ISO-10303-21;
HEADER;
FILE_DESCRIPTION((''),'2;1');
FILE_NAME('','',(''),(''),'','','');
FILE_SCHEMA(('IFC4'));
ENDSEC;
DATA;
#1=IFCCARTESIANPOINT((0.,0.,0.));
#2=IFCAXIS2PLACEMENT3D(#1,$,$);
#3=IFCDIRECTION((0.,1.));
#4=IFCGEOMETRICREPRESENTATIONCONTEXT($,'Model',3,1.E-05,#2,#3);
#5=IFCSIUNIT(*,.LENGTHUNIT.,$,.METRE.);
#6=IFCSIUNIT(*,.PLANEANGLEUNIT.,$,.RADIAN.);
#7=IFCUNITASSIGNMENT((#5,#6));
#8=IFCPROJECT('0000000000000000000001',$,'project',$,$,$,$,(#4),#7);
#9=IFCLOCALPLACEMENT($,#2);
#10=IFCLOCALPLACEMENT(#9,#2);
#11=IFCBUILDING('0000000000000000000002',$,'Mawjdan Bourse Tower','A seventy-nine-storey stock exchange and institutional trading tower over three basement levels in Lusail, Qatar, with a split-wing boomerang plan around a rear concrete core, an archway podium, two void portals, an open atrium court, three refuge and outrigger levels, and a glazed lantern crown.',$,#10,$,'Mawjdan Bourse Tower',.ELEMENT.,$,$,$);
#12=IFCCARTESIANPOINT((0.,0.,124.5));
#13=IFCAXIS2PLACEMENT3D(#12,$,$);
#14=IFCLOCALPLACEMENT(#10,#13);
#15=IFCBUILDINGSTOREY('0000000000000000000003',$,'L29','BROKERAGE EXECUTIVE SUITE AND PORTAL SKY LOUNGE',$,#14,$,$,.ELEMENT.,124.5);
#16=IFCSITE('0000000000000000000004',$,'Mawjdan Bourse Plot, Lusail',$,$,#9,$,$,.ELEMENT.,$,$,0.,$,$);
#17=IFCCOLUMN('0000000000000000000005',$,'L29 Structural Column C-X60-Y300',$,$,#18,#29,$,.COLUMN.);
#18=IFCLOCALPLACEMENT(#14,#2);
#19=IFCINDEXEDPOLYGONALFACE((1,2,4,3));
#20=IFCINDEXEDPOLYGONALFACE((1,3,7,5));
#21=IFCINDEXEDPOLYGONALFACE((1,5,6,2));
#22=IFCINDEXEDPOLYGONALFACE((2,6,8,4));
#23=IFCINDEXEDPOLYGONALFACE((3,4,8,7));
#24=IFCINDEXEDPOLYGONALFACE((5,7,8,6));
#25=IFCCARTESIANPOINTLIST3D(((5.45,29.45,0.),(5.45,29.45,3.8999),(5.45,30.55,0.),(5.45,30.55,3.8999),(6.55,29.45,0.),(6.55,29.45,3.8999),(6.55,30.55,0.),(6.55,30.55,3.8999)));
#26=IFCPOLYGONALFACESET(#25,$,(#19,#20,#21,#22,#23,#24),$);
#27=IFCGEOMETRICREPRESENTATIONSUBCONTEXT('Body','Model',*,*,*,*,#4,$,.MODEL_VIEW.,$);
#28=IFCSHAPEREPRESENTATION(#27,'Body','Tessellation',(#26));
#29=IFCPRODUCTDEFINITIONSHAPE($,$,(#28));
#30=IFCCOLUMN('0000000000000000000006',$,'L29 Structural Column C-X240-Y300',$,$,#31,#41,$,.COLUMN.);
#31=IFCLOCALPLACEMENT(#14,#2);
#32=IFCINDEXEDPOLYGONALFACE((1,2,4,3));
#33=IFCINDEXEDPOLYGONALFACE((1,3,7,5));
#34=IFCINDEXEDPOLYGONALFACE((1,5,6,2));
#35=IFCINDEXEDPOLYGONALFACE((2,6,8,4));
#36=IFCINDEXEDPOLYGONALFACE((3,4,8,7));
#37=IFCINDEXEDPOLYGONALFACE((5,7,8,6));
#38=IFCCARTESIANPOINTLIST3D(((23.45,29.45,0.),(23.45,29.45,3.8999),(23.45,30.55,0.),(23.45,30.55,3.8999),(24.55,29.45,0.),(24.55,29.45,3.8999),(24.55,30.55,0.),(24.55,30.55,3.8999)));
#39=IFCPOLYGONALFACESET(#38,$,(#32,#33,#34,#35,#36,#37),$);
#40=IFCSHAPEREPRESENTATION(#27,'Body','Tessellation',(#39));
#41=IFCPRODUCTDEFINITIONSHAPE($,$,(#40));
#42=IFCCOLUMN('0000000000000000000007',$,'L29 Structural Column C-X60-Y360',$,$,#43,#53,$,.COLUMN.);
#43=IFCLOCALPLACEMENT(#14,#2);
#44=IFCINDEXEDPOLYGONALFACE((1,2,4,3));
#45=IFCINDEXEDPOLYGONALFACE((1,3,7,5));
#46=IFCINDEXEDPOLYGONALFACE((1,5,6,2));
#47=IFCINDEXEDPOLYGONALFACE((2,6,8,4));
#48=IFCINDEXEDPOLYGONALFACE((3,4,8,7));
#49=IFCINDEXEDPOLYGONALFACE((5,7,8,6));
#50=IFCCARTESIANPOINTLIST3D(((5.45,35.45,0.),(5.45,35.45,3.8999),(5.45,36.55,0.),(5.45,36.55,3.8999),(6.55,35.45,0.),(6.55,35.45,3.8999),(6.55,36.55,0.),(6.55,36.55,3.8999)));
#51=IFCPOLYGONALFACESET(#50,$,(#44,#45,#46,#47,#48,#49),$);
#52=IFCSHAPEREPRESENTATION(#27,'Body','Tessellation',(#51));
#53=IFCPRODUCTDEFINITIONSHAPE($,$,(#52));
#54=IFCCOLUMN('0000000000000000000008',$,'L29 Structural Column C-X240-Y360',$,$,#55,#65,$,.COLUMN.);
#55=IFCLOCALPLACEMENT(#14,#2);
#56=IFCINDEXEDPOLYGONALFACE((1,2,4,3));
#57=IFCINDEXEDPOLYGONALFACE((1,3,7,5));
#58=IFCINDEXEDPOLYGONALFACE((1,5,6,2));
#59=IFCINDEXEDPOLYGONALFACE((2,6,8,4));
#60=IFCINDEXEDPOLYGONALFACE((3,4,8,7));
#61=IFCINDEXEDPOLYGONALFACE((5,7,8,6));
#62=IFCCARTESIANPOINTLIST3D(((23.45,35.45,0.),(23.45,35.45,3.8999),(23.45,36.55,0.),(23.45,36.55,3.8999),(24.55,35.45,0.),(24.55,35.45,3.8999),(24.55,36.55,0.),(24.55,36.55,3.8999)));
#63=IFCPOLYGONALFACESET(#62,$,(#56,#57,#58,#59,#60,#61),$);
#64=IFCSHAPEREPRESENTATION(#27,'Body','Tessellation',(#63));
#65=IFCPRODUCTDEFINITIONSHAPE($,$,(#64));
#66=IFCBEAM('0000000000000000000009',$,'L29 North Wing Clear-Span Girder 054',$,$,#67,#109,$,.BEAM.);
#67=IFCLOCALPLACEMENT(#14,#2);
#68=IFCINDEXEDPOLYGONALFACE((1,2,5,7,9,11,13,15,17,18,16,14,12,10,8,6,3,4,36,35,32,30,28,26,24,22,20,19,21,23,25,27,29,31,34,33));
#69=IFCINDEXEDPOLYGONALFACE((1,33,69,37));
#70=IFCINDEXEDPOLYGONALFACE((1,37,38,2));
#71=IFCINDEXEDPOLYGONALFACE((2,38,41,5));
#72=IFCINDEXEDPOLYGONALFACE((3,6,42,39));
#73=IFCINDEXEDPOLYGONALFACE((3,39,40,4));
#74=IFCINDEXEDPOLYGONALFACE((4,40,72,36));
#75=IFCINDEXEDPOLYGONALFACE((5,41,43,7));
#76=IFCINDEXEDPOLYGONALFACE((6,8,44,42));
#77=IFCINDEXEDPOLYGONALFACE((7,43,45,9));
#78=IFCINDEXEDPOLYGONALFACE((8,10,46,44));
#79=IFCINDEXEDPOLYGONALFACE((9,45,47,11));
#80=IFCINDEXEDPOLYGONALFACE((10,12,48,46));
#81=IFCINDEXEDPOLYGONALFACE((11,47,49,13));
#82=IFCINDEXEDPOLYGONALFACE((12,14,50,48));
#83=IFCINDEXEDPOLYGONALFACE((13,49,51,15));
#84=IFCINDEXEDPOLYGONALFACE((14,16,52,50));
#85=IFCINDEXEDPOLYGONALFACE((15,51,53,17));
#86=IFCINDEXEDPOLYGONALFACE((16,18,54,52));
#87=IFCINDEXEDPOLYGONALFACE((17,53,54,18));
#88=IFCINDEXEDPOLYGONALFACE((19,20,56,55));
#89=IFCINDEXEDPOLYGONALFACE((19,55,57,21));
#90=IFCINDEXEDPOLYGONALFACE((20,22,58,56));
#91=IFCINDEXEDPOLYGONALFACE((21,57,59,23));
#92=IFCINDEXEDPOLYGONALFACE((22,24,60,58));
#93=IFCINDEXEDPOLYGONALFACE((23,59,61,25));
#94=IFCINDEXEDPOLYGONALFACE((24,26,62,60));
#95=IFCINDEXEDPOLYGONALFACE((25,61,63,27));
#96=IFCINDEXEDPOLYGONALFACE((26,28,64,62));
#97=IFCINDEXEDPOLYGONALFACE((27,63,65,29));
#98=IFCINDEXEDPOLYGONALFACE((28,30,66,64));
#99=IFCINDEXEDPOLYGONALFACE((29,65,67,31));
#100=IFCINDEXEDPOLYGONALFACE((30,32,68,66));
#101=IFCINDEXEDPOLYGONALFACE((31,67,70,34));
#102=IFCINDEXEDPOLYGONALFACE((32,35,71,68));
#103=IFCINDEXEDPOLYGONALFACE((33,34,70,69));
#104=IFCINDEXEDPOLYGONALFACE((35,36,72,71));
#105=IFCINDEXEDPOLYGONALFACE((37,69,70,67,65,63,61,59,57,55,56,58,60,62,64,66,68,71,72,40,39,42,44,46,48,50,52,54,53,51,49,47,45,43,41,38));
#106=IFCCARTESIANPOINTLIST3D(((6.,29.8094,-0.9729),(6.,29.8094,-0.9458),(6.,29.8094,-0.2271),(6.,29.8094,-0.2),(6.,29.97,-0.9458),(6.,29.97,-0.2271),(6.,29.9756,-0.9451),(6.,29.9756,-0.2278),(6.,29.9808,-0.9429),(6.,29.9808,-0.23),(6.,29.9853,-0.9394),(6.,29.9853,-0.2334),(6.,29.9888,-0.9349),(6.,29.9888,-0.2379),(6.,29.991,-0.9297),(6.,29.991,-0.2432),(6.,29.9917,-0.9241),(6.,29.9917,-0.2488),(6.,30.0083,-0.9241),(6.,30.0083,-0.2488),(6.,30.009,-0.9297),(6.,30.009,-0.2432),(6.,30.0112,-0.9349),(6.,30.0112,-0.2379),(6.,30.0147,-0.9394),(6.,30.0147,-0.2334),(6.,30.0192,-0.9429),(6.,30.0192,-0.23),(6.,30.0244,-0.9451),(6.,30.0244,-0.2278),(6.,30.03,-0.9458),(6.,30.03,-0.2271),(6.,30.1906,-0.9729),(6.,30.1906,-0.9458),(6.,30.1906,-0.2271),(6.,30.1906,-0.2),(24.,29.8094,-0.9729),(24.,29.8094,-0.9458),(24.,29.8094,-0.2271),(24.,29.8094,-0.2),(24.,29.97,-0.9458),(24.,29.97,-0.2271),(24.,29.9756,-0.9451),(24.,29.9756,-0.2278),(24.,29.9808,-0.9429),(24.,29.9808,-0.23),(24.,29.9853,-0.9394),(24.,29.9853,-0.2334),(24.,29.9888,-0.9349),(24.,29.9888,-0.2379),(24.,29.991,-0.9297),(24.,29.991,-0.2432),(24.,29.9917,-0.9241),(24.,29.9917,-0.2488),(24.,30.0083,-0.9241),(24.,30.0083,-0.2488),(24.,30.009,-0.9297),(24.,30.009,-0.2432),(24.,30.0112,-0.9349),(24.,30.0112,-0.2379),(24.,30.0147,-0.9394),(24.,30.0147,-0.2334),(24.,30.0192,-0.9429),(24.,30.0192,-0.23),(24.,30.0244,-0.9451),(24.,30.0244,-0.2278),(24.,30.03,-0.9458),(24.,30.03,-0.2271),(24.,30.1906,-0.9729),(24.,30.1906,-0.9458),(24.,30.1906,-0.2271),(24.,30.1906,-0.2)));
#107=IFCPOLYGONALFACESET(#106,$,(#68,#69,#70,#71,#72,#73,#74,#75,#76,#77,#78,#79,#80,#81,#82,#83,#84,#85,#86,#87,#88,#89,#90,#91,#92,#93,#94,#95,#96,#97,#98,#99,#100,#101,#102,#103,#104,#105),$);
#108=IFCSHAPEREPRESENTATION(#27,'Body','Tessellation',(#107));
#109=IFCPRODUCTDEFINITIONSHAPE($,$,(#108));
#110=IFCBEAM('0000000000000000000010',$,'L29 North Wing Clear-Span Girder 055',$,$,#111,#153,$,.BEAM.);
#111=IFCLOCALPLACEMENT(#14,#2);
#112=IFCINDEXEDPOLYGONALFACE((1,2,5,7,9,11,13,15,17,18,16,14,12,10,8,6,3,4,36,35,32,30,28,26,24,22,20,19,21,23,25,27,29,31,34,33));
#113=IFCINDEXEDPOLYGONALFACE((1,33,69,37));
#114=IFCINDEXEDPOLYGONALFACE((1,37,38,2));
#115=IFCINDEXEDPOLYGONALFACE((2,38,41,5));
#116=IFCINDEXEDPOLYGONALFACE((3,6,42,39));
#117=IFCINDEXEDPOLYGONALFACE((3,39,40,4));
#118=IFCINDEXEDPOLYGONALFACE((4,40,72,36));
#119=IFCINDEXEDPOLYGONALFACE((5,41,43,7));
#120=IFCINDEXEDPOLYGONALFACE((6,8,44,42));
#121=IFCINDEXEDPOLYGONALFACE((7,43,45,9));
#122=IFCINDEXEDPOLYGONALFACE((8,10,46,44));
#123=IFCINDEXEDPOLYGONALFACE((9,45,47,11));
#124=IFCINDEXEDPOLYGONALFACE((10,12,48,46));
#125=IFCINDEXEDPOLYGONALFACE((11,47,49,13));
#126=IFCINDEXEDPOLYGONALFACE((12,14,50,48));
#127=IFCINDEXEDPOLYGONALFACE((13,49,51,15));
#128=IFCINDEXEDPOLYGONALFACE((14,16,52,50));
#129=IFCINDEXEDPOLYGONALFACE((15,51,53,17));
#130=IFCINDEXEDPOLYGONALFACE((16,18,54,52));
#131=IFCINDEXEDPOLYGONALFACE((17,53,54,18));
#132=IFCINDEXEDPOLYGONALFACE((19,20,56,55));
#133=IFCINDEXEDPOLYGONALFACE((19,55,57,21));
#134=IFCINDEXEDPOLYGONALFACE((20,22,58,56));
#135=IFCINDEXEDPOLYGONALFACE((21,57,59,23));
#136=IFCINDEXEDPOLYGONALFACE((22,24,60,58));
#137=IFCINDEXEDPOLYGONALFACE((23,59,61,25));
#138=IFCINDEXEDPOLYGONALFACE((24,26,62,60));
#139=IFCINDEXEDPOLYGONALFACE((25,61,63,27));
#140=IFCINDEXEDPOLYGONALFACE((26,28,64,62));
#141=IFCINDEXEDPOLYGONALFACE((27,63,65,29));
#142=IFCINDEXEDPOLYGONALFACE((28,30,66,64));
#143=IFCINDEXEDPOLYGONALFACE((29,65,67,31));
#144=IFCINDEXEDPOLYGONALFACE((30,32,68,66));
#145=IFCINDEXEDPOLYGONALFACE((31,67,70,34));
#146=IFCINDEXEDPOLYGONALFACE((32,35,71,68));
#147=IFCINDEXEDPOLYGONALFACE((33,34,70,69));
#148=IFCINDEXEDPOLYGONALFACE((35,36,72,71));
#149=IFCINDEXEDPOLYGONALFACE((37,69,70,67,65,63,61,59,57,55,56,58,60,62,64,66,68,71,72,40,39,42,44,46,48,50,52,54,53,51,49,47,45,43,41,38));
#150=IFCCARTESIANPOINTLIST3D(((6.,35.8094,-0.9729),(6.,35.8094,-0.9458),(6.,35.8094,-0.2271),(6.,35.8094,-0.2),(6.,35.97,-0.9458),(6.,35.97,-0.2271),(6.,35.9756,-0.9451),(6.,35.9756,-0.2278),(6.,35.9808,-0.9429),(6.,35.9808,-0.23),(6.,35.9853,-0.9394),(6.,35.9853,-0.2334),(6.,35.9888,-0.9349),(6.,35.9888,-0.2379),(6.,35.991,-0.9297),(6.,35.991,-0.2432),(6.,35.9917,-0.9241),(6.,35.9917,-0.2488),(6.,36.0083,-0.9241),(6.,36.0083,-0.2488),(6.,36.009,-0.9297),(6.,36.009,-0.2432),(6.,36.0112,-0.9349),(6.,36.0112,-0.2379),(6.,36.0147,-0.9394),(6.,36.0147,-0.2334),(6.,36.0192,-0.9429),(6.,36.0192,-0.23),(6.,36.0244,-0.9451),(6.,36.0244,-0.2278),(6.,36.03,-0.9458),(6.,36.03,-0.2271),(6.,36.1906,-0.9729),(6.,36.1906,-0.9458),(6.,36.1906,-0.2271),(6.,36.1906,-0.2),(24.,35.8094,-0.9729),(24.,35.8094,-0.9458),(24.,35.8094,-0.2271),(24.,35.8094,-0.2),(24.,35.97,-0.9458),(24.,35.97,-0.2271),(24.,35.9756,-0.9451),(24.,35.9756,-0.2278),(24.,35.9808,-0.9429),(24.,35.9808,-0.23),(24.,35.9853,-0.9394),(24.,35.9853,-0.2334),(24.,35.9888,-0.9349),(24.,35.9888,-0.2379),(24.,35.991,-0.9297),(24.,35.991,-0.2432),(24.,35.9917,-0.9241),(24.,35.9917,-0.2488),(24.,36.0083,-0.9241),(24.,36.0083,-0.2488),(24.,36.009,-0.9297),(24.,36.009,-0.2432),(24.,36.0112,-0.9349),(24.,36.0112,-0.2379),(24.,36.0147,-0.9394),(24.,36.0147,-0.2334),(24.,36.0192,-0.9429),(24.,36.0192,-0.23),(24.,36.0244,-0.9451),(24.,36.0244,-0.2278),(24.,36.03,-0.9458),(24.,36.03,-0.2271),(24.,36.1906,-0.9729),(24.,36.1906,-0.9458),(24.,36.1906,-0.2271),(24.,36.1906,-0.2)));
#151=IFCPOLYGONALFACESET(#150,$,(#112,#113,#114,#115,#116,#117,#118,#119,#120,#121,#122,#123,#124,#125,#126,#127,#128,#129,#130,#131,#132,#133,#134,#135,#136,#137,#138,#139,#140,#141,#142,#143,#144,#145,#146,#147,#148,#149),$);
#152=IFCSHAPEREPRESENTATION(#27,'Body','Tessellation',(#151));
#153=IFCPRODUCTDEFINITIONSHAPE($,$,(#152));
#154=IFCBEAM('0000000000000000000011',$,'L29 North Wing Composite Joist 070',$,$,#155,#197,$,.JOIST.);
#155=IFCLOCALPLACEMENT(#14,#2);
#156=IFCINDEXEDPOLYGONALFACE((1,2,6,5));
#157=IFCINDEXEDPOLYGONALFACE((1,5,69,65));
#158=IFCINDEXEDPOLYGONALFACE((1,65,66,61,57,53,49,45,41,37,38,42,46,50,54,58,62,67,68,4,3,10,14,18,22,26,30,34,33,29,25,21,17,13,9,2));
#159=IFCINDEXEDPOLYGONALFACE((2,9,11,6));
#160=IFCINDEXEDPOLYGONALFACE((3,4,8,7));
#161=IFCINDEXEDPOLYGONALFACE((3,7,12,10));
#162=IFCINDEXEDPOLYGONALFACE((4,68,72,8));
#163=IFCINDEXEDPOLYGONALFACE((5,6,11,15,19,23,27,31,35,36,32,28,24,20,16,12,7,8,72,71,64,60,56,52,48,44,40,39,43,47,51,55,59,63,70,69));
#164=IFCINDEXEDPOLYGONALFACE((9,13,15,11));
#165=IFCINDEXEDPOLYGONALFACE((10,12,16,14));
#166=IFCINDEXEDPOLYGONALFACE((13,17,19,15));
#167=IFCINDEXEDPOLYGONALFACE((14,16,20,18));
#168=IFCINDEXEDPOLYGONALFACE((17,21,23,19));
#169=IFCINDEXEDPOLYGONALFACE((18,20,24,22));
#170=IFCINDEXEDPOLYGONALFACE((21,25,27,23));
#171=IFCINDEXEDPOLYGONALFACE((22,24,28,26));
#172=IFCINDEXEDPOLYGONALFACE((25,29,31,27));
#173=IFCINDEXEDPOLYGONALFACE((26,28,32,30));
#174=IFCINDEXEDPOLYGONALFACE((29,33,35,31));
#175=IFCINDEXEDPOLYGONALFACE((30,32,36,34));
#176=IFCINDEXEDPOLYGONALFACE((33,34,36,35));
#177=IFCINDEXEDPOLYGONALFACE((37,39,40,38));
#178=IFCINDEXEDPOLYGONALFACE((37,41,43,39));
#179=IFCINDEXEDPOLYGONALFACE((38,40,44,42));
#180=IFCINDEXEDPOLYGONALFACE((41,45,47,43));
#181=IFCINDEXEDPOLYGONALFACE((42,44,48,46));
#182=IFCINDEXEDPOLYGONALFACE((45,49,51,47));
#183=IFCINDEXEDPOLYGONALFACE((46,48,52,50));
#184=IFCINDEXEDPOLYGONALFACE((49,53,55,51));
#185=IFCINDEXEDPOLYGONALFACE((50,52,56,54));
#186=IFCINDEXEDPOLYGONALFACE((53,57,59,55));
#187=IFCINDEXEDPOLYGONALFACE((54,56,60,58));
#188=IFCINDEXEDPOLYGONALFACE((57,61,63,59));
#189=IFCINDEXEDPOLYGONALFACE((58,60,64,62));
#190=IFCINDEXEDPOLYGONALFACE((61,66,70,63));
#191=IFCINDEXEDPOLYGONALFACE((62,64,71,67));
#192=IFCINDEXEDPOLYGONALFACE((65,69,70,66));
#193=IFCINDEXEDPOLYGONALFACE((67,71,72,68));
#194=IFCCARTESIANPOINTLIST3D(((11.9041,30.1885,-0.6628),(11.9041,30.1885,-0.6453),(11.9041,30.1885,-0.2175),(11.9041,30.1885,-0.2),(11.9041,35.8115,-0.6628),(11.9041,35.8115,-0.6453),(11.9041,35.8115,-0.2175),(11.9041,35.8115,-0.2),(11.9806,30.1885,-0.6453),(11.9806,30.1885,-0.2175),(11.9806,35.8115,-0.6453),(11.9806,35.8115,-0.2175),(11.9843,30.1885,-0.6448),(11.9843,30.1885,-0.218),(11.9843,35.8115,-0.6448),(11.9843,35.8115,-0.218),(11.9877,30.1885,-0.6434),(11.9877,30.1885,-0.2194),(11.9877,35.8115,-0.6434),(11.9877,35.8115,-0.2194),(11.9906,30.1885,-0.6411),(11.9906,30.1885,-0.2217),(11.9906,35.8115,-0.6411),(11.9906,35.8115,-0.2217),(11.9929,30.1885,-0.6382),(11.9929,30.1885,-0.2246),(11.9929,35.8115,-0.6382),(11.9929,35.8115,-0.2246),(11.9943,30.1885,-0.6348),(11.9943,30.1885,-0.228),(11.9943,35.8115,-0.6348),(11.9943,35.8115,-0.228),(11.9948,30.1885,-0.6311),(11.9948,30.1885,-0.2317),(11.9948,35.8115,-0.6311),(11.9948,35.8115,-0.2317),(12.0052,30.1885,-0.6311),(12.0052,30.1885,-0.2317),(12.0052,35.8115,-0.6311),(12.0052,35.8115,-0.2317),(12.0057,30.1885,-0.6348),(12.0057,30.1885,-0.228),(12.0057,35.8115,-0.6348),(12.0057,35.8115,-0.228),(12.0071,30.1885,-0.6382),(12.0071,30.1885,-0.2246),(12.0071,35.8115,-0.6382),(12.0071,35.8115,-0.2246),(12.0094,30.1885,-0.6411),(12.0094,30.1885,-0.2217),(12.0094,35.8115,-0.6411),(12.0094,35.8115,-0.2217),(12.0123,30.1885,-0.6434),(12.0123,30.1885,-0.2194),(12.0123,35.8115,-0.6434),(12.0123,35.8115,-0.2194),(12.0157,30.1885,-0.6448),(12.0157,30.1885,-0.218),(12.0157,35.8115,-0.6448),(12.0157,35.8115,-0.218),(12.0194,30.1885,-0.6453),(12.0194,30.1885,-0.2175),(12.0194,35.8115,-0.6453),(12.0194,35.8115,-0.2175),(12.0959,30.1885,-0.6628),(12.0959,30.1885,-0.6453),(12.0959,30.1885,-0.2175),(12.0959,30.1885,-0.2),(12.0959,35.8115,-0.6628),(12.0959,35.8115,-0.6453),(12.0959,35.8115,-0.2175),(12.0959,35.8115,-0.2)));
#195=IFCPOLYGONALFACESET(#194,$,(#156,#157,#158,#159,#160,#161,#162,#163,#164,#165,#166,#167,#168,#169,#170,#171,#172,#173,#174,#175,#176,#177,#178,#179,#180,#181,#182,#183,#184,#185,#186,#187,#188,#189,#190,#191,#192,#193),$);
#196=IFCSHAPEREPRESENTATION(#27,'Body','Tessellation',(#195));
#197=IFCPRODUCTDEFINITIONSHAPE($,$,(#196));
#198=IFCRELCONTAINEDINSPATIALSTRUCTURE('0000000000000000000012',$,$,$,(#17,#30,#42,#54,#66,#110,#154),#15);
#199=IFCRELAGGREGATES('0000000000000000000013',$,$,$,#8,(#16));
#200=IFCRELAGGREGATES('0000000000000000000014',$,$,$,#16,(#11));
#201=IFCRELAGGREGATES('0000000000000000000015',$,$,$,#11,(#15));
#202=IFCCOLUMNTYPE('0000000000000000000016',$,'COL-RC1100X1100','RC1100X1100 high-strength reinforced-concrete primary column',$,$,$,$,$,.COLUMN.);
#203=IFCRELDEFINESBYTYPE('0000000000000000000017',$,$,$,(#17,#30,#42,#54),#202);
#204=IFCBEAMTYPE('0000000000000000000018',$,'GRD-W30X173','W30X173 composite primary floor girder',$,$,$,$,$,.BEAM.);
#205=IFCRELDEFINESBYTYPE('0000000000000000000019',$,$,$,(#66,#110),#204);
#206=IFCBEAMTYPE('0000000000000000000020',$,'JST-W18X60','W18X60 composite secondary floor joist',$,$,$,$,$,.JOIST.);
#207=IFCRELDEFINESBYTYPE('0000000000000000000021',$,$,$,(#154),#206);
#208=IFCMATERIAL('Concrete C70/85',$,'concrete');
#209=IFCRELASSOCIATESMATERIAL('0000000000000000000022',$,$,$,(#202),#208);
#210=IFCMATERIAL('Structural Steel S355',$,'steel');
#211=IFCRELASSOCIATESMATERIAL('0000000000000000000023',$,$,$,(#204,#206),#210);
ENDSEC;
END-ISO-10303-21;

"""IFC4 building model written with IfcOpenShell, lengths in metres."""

from ifc_helpers import new_model, si_unit, direction, frame, origin, origin_2d, place, context, subcontext, project, spatial, rectangle, i_section, extrude, material, material_profile, profile_set, type_object, element, save


model = new_model("IFC4")

# Units and contexts
model_context = context("Model", 3, precision=1e-05, world=origin(), true_north=direction((0.0, 1.0)))
body_context = subcontext(model_context, "Body", "Model", "MODEL_VIEW")
ifc_project = project(units=[si_unit("LENGTHUNIT", "METRE"), si_unit("PLANEANGLEUNIT", "RADIAN")], contexts=[model_context])

# Site, building, storey
site_placement = place(None, origin())
site = spatial("IfcSite", under=ifc_project, at=site_placement, Name="Mawjdan Bourse Plot, Lusail", CompositionType="ELEMENT", RefElevation=0.0)
building_placement = place(site_placement, origin())
building = spatial("IfcBuilding", under=site, at=building_placement, Name="Mawjdan Bourse Tower", Description="A seventy-nine-storey stock exchange and institutional trading tower over three basement levels in Lusail, Qatar, with a split-wing boomerang plan around a rear concrete core, an archway podium, two void portals, an open atrium court, three refuge and outrigger levels, and a glazed lantern crown.", LongName="Mawjdan Bourse Tower", CompositionType="ELEMENT")
storey_placement = place(building_placement, frame((0.0, 0.0, 124.5)))
storey = spatial("IfcBuildingStorey", under=building, at=storey_placement, Name="L29", Description="BROKERAGE EXECUTIVE SUITE AND PORTAL SKY LOUNGE", CompositionType="ELEMENT", Elevation=124.5)

# Columns
ifc_material_1 = material(Name="Concrete C70/85", Category="concrete")
ifc_material_profile_1 = material_profile(ifc_material_1, rectangle(XDim=1.1001, YDim=1.1001, at=origin_2d()), Name="RC1100X1100")
ifc_profile_set_1 = profile_set([ifc_material_profile_1], Name="Concrete C70/85")
column_type = type_object("IfcColumnType", Name="COL-RC1100X1100", Description="RC1100X1100 high-strength reinforced-concrete primary column", PredefinedType="COLUMN", material=ifc_profile_set_1)
for number, where, z_axis, x_axis, name in (
    (1, (6.0, 30.0, 0.0), (0.0, 0.0, 1.0), (1.0, 0.0, 0.0), "L29 Structural Column C-X60-Y300"),
    (2, (24.0, 30.0, 0.0), (0.0, 0.0, 1.0), (1.0, 0.0, 0.0), "L29 Structural Column C-X240-Y300"),
    (3, (6.0, 36.0, 0.0), (0.0, 0.0, 1.0), (1.0, 0.0, 0.0), "L29 Structural Column C-X60-Y360"),
    (4, (24.0, 36.0, 0.0), (0.0, 0.0, 1.0), (1.0, 0.0, 0.0), "L29 Structural Column C-X240-Y360"),
):
    element("IfcColumn", number, at=place(storey_placement, frame(where, z_axis=z_axis, x_axis=x_axis)), inside=storey, type_object=column_type, Name=name, PredefinedType="COLUMN", context=body_context, shape_type="SweptSolid", body=[
        extrude(rectangle(XDim=1.1001, YDim=1.1001, at=origin_2d()), origin(), (0.0, 0.0, 1.0), 3.8999),
    ])

# Beams
ifc_material_2 = material(Name="Structural Steel S355", Category="steel")
ifc_material_profile_2 = material_profile(ifc_material_2, i_section(OverallWidth=0.3811, OverallDepth=0.7729, WebThickness=0.0166, FlangeThickness=0.0271, FilletRadius=0.0217, at=origin_2d()), Name="W30X173")
ifc_profile_set_2 = profile_set([ifc_material_profile_2], Name="Structural Steel S355")
beam_type_1 = type_object("IfcBeamType", Name="GRD-W30X173", Description="W30X173 composite primary floor girder", PredefinedType="BEAM", material=ifc_profile_set_2)
for number, where, z_axis, x_axis, name in (
    (5, (6.0, 30.0, -0.5864), (1.0, 0.0, 0.0), (0.0, 1.0, 0.0), "L29 North Wing Clear-Span Girder 054"),
    (6, (6.0, 36.0, -0.5864), (1.0, 0.0, 0.0), (0.0, 1.0, 0.0), "L29 North Wing Clear-Span Girder 055"),
):
    element("IfcBeam", number, at=place(storey_placement, frame(where, z_axis=z_axis, x_axis=x_axis)), inside=storey, type_object=beam_type_1, Name=name, PredefinedType="BEAM", context=body_context, shape_type="SweptSolid", body=[
        extrude(i_section(OverallWidth=0.3811, OverallDepth=0.7729, WebThickness=0.0166, FlangeThickness=0.0271, FilletRadius=0.0217, at=origin_2d()), origin(), (0.0, 0.0, 1.0), 18.0),
    ])
ifc_material_profile_3 = material_profile(ifc_material_2, i_section(OverallWidth=0.1919, OverallDepth=0.4629, WebThickness=0.0105, FlangeThickness=0.0176, FilletRadius=0.0142, at=origin_2d()), Name="W18X60")
ifc_profile_set_3 = profile_set([ifc_material_profile_3], Name="Structural Steel S355")
beam_type_2 = type_object("IfcBeamType", Name="JST-W18X60", Description="W18X60 composite secondary floor joist", PredefinedType="JOIST", material=ifc_profile_set_3)
beam_1_placement = place(storey_placement, frame((12.0, 30.1885, -0.4314), z_axis=(0.0, 1.0, 0.0), x_axis=(-1.0, 0.0, 0.0)))
element("IfcBeam", 7, at=beam_1_placement, inside=storey, type_object=beam_type_2, Name="L29 North Wing Composite Joist 070", PredefinedType="JOIST", context=body_context, shape_type="SweptSolid", body=[
    extrude(i_section(OverallWidth=0.1919, OverallDepth=0.4629, WebThickness=0.0105, FlangeThickness=0.0176, FilletRadius=0.0142, at=origin_2d()), origin(), (0.0, 0.0, 1.0), 5.623),
])

save(model, "model.ifc")
